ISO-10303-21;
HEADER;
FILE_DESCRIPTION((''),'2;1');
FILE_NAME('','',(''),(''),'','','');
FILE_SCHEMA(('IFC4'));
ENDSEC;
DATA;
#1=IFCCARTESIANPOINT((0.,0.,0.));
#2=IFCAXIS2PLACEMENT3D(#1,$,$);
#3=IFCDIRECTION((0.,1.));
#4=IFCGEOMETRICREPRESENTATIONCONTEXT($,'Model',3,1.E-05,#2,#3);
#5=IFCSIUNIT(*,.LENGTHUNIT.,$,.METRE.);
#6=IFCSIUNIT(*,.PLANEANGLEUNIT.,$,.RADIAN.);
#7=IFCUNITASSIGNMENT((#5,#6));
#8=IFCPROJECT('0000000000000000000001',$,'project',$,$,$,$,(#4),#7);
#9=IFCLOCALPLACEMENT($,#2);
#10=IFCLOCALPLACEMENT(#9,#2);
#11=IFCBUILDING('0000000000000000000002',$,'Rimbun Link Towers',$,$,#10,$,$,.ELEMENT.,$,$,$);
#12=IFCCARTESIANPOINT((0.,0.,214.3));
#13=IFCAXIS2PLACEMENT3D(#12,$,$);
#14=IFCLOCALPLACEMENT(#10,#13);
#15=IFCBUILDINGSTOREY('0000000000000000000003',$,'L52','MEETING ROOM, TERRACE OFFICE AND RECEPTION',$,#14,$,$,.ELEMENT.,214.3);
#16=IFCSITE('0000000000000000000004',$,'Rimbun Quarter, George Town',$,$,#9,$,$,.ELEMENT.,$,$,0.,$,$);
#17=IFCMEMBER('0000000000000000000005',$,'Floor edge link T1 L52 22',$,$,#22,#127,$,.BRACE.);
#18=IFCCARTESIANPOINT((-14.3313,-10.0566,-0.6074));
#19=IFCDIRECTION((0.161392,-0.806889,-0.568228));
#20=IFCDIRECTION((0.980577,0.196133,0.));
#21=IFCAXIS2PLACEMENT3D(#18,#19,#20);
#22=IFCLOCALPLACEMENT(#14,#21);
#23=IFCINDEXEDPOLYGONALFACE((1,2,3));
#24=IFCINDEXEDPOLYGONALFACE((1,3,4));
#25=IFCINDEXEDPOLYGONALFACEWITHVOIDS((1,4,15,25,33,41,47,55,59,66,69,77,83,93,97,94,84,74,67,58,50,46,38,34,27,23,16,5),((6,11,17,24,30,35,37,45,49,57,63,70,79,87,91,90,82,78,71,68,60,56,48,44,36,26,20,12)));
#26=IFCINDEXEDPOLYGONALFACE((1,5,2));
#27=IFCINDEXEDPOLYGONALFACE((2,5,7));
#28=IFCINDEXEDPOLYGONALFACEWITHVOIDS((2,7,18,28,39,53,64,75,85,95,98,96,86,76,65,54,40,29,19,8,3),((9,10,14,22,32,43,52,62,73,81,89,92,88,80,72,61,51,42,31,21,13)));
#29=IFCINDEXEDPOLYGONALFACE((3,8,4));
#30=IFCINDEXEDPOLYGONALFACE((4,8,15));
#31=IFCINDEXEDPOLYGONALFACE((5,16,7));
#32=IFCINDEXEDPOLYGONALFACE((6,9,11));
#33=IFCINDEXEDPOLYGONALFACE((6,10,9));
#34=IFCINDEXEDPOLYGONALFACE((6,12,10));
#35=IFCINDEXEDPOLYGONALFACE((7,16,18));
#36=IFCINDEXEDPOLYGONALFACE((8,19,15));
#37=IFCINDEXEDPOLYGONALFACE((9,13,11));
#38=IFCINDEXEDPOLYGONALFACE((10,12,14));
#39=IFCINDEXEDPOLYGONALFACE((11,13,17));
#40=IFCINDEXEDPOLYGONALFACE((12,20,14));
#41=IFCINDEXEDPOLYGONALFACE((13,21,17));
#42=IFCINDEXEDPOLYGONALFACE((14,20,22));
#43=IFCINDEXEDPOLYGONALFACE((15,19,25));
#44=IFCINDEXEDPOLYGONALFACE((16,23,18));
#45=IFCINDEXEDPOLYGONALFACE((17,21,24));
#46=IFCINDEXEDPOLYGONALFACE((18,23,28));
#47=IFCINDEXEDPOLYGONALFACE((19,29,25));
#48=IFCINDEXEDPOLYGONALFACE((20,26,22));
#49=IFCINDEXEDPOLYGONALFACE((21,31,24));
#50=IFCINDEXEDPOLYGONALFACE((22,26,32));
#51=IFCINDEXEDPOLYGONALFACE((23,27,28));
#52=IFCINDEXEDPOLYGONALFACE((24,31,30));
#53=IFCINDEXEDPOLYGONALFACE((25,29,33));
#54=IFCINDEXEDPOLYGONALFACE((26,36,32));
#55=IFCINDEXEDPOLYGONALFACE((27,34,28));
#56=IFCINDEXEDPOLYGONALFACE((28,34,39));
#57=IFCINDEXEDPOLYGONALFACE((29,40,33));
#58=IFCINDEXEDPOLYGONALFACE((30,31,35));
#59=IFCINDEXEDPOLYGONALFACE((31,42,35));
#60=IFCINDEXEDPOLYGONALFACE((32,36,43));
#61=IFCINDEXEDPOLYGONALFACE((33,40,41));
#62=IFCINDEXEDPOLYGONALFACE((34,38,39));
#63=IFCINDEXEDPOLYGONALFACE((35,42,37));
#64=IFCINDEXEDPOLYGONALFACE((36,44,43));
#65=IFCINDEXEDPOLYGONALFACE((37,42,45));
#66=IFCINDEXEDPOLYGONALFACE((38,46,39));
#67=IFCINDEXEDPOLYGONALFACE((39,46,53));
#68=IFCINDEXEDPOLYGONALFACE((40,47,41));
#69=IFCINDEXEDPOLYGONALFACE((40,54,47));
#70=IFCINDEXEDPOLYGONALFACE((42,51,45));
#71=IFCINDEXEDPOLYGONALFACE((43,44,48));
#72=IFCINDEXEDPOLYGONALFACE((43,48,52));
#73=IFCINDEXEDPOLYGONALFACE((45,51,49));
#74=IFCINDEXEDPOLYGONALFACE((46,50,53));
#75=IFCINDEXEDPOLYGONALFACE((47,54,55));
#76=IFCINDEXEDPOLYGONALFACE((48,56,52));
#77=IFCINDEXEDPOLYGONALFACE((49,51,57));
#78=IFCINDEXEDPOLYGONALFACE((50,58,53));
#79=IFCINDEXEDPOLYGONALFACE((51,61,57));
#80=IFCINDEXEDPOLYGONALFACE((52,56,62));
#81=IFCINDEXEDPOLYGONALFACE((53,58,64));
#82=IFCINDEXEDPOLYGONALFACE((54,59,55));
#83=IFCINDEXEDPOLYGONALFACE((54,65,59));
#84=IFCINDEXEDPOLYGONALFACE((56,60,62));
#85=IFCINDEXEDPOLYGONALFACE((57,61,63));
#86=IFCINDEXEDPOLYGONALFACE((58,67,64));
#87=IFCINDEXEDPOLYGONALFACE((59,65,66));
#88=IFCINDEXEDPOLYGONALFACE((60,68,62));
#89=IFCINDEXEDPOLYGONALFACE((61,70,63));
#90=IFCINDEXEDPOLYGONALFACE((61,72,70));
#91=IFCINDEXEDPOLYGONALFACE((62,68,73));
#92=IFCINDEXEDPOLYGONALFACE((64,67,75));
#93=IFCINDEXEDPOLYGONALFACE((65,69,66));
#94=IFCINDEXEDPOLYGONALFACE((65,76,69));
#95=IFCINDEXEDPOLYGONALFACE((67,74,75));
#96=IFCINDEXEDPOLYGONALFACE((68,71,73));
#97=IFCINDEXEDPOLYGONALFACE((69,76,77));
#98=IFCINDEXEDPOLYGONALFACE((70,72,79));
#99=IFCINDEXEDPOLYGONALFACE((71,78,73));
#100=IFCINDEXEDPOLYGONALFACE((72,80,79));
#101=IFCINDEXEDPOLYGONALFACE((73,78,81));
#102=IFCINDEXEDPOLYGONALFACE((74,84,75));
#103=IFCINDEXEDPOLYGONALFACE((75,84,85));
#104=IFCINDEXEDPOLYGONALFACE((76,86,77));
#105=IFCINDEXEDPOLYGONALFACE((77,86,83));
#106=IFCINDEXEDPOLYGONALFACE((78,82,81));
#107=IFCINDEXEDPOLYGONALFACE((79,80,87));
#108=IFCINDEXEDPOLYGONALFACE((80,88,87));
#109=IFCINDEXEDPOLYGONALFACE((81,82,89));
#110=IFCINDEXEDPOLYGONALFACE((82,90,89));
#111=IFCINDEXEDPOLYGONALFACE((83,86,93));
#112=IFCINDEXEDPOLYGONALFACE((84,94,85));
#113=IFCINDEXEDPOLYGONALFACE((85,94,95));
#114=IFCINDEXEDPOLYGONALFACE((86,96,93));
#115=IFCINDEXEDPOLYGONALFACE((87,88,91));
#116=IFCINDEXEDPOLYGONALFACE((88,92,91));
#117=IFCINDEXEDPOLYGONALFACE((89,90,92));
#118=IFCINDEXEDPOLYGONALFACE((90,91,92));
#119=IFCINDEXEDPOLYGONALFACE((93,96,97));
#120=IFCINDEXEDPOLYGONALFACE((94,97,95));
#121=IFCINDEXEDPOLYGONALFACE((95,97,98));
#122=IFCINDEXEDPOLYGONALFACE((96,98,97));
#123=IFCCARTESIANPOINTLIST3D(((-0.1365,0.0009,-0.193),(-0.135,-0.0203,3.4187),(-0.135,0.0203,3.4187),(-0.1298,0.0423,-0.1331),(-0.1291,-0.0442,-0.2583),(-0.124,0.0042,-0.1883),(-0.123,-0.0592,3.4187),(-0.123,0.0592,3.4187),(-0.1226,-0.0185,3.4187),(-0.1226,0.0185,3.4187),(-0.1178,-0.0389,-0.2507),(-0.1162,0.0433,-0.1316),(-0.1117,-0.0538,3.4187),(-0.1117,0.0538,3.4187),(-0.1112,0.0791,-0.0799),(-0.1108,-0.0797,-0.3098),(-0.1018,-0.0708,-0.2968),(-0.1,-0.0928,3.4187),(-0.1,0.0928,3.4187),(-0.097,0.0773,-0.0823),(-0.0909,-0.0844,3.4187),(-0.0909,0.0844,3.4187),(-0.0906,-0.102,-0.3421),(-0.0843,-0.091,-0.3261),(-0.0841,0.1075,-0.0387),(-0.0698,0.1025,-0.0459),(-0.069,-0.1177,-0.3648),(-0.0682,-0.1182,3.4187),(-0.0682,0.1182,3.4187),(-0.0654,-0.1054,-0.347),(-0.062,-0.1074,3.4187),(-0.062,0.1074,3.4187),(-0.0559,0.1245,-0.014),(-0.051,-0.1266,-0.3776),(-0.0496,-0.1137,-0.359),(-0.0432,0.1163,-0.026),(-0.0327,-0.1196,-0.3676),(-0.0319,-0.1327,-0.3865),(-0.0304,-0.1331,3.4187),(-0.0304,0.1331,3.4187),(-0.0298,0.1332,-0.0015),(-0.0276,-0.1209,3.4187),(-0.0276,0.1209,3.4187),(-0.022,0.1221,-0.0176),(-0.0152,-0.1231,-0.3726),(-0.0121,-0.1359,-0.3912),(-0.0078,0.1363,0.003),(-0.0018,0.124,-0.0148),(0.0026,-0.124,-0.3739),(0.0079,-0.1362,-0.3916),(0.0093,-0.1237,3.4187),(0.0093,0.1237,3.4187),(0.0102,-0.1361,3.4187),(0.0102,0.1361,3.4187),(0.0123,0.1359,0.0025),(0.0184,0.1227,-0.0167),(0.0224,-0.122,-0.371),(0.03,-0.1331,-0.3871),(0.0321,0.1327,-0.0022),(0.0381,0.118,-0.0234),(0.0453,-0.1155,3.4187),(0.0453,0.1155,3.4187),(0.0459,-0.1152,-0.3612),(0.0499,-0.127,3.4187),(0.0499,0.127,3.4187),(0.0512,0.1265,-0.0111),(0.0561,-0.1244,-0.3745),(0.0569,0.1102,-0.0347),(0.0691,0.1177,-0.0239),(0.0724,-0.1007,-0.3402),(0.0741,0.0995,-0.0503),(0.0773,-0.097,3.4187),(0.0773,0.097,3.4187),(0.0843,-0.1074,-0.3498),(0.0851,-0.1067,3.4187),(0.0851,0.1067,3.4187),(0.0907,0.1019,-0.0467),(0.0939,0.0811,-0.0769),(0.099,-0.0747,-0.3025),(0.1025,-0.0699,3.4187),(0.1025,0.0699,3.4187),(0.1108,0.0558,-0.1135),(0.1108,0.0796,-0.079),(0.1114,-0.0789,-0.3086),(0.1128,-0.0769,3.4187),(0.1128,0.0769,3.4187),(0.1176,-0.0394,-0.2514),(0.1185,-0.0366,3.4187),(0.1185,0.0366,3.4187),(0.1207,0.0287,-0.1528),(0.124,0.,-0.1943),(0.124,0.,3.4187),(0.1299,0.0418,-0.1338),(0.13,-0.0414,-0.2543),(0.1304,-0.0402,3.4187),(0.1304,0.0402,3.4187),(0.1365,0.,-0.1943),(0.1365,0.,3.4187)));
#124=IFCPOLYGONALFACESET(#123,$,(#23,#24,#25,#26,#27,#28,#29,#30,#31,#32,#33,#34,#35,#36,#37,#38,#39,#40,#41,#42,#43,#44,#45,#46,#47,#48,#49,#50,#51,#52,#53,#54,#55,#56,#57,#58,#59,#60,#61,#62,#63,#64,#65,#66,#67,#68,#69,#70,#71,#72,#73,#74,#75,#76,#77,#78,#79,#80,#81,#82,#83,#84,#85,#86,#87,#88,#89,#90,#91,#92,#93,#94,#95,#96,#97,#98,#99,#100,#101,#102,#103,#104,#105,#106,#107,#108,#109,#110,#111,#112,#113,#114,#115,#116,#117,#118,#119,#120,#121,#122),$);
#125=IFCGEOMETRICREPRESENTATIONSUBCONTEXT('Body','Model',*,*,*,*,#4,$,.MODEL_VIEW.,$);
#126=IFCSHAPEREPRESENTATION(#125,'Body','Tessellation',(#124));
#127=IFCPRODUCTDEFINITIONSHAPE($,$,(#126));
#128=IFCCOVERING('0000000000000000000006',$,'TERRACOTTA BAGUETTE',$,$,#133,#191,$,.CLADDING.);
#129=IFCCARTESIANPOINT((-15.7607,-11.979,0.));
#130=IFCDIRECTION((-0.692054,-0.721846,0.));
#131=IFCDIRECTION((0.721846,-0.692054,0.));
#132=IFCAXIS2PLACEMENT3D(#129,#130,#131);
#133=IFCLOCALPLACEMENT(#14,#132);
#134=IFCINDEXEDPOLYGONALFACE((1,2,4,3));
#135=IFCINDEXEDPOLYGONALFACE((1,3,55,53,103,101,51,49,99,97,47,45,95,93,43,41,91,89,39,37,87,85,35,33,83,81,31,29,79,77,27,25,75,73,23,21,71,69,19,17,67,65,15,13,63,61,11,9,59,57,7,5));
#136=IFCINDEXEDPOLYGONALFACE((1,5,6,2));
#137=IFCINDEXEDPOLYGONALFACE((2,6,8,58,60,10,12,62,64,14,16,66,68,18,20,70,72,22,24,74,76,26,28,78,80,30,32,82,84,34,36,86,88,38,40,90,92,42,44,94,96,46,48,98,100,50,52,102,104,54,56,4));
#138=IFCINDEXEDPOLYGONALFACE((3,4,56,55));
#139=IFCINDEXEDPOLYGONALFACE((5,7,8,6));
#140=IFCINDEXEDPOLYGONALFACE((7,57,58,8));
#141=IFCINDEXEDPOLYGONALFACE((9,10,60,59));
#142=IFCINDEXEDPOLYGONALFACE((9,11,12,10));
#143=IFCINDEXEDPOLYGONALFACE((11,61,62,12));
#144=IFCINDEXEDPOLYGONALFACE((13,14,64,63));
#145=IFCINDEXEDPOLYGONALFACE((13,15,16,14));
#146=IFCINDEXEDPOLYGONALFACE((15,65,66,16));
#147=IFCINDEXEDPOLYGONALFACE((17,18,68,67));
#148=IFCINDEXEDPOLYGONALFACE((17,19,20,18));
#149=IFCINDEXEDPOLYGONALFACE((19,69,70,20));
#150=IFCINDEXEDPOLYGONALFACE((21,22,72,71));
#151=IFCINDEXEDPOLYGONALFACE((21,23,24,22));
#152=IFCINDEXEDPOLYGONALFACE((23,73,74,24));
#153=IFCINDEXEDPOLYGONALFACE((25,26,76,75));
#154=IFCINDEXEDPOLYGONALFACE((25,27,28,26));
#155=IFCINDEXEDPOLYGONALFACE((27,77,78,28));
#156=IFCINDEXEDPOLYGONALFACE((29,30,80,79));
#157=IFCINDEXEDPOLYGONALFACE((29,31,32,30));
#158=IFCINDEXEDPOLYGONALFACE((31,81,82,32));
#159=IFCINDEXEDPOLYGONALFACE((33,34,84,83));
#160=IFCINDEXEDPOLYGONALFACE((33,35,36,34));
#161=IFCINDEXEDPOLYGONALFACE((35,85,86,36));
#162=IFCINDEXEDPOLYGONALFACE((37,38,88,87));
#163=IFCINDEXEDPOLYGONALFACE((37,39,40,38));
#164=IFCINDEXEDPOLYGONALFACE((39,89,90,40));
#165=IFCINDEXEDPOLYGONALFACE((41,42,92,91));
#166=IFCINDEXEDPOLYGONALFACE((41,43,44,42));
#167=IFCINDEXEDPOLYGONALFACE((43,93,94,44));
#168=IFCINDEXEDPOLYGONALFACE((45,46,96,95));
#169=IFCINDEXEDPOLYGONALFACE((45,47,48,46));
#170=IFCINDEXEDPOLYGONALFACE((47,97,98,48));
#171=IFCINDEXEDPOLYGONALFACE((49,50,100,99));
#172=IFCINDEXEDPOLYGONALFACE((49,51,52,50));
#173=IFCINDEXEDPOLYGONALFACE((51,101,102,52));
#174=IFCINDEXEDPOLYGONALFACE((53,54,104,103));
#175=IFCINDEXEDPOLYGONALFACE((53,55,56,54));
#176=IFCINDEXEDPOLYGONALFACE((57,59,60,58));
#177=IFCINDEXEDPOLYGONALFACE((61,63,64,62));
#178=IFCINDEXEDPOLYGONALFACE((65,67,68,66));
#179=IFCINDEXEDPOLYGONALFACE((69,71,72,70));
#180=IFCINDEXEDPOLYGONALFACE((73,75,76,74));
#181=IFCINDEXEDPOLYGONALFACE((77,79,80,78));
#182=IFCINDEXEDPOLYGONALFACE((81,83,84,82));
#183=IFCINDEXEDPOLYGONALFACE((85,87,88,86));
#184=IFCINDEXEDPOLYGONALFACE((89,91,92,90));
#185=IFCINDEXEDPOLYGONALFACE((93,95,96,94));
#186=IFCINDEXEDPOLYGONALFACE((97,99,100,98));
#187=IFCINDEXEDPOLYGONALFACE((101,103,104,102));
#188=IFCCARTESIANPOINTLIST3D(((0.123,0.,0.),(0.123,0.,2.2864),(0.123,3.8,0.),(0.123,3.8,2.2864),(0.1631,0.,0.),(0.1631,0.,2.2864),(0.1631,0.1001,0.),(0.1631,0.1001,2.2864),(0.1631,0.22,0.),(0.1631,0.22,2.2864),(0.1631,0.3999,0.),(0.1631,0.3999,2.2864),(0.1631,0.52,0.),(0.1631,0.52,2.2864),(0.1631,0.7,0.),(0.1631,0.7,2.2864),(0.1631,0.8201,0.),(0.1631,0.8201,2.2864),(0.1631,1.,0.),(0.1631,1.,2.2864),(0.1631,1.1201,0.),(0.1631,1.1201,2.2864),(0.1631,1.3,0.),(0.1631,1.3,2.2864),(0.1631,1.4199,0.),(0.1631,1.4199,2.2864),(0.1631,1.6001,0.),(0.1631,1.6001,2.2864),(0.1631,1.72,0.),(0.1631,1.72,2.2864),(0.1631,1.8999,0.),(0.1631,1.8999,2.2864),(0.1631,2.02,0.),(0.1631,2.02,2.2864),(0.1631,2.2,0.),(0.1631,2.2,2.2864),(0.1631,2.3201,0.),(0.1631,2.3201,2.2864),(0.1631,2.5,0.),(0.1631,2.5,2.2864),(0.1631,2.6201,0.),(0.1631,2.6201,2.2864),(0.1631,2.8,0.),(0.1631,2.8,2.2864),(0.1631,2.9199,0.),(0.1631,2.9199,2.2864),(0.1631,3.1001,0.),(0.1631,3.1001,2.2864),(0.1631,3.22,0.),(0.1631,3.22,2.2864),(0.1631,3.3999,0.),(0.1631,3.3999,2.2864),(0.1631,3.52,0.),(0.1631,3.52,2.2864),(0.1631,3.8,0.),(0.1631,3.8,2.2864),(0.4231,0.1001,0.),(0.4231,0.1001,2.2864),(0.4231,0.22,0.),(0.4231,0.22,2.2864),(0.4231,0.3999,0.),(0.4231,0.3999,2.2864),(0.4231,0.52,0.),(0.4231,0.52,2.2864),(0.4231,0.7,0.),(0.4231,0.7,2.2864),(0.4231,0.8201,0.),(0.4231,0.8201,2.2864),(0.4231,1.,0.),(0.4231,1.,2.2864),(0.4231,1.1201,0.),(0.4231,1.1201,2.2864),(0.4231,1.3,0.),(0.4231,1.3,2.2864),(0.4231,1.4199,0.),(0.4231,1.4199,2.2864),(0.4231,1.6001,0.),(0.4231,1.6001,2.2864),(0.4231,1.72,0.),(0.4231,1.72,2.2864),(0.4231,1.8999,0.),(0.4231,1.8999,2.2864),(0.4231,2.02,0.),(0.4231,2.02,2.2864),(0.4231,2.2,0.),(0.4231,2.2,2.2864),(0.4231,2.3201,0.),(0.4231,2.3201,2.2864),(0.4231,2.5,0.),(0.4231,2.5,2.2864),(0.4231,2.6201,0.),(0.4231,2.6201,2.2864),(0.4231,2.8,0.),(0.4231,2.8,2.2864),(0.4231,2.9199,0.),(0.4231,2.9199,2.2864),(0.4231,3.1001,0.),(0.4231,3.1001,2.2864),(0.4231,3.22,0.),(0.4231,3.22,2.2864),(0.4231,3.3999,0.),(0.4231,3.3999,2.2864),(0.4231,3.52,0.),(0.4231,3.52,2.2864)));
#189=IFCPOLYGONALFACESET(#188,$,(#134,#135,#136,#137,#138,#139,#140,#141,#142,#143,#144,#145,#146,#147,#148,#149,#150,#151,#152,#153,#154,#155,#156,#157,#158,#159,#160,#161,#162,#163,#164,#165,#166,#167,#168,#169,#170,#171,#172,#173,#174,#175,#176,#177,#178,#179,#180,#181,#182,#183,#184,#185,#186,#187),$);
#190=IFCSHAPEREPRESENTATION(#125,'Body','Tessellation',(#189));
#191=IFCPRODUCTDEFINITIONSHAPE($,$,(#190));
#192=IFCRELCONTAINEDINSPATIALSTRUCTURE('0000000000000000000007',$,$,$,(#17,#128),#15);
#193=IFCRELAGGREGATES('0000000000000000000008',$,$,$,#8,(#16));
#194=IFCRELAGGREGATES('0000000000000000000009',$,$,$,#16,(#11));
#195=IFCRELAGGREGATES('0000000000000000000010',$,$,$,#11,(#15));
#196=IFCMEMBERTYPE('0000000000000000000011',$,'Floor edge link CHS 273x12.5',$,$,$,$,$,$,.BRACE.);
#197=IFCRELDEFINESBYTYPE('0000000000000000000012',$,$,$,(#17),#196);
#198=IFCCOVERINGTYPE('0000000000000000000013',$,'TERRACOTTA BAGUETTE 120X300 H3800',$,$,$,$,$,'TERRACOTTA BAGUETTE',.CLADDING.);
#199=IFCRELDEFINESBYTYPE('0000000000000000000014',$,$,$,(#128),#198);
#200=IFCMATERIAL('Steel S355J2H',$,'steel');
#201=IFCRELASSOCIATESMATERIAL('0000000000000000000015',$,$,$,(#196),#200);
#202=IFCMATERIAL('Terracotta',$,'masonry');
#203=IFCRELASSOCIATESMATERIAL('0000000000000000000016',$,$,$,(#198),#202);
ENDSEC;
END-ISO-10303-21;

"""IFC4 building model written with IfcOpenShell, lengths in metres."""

from ifc_helpers import new_model, si_unit, direction, frame, origin, origin_2d, place, context, subcontext, project, spatial, polyline, hollow_circle, outline, extrude, clip, halfspace, material, material_profile, profile_set, type_object, element, save


model = new_model("IFC4")

# Units and contexts
model_context = context("Model", 3, precision=1e-05, world=origin(), true_north=direction((0.0, 1.0)))
body_context = subcontext(model_context, "Body", "Model", "MODEL_VIEW")
ifc_project = project(units=[si_unit("LENGTHUNIT", "METRE"), si_unit("PLANEANGLEUNIT", "RADIAN")], contexts=[model_context])

# Site, building, storey
site_placement = place(None, origin())
site = spatial("IfcSite", under=ifc_project, at=site_placement, Name="Rimbun Quarter, George Town", CompositionType="ELEMENT", RefElevation=0.0)
building_placement = place(site_placement, origin())
building = spatial("IfcBuilding", under=site, at=building_placement, Name="Rimbun Link Towers", CompositionType="ELEMENT")
storey_placement = place(building_placement, frame((0.0, 0.0, 214.3)))
storey = spatial("IfcBuildingStorey", under=building, at=storey_placement, Name="L52", Description="MEETING ROOM, TERRACE OFFICE AND RECEPTION", CompositionType="ELEMENT", Elevation=214.3)

# Member
ifc_material_1 = material(Name="Steel S355J2H", Category="steel")
ifc_material_profile_1 = material_profile(ifc_material_1, hollow_circle(Radius=0.1365, WallThickness=0.0125, at=origin_2d()), Name="CHS 273x12.5")
ifc_profile_set_1 = profile_set([ifc_material_profile_1], Name="Steel S355J2H")
member_type_1 = type_object("IfcMemberType", Name="Floor edge link CHS 273x12.5", PredefinedType="BRACE", material=ifc_profile_set_1)
member_1_placement = place(storey_placement, frame((-14.3313, -10.0566, -0.6074), z_axis=(0.161392, -0.806889, -0.568228), x_axis=(0.980577, 0.196133, 0.0)))
element("IfcMember", 1, at=member_1_placement, inside=storey, type_object=member_type_1, Name="Floor edge link T1 L52 22", PredefinedType="BRACE", context=body_context, shape_type="Clipping", body=[
    clip(extrude(hollow_circle(Radius=0.1365, WallThickness=0.0125, at=origin_2d()), frame((0.0, 0.0, -0.4128)), (0.0, 0.0, 1.0), 3.8315), halfspace(frame((0.0, 0.0, -0.1943), z_axis=(0.0, 0.822871, -0.568228)), False)),
])

# Covering
ifc_material_2 = material(Name="Terracotta", Category="masonry")
ifc_material_profile_2 = material_profile(ifc_material_2, outline(polyline([(0.123, 0.0), (0.1631, 0.0), (0.1631, 0.1001), (0.4231, 0.1001), (0.4231, 0.22), (0.1631, 0.22), (0.1631, 0.3999), (0.4231, 0.3999), (0.4231, 0.52), (0.1631, 0.52), (0.1631, 0.7), (0.4231, 0.7), (0.4231, 0.8201), (0.1631, 0.8201), (0.1631, 1.0), (0.4231, 1.0), (0.4231, 1.1201), (0.1631, 1.1201), (0.1631, 1.3), (0.4231, 1.3), (0.4231, 1.4199), (0.1631, 1.4199), (0.1631, 1.6001), (0.4231, 1.6001), (0.4231, 1.72), (0.1631, 1.72), (0.1631, 1.8999), (0.4231, 1.8999), (0.4231, 2.02), (0.1631, 2.02), (0.1631, 2.2), (0.4231, 2.2), (0.4231, 2.3201), (0.1631, 2.3201), (0.1631, 2.5), (0.4231, 2.5), (0.4231, 2.6201), (0.1631, 2.6201), (0.1631, 2.8), (0.4231, 2.8), (0.4231, 2.9199), (0.1631, 2.9199), (0.1631, 3.1001), (0.4231, 3.1001), (0.4231, 3.22), (0.1631, 3.22), (0.1631, 3.3999), (0.4231, 3.3999), (0.4231, 3.52), (0.1631, 3.52), (0.1631, 3.8), (0.123, 3.8), (0.123, 0.0)])), Name="BAGUETTE 120X300")
ifc_profile_set_2 = profile_set([ifc_material_profile_2], Name="Terracotta")
covering_type = type_object("IfcCoveringType", Name="TERRACOTTA BAGUETTE 120X300 H3800", ElementType="TERRACOTTA BAGUETTE", PredefinedType="CLADDING", material=ifc_profile_set_2)
covering_1_placement = place(storey_placement, frame((-15.7607, -11.979, 0.0), z_axis=(-0.692054, -0.721846, 0.0), x_axis=(0.721846, -0.692054, 0.0)))
element("IfcCovering", 2, at=covering_1_placement, inside=storey, type_object=covering_type, Name="TERRACOTTA BAGUETTE", PredefinedType="CLADDING", context=body_context, shape_type="SweptSolid", body=[
    extrude(outline(polyline([(0.123, 0.0), (0.1631, 0.0), (0.1631, 0.1001), (0.4231, 0.1001), (0.4231, 0.22), (0.1631, 0.22), (0.1631, 0.3999), (0.4231, 0.3999), (0.4231, 0.52), (0.1631, 0.52), (0.1631, 0.7), (0.4231, 0.7), (0.4231, 0.8201), (0.1631, 0.8201), (0.1631, 1.0), (0.4231, 1.0), (0.4231, 1.1201), (0.1631, 1.1201), (0.1631, 1.3), (0.4231, 1.3), (0.4231, 1.4199), (0.1631, 1.4199), (0.1631, 1.6001), (0.4231, 1.6001), (0.4231, 1.72), (0.1631, 1.72), (0.1631, 1.8999), (0.4231, 1.8999), (0.4231, 2.02), (0.1631, 2.02), (0.1631, 2.2), (0.4231, 2.2), (0.4231, 2.3201), (0.1631, 2.3201), (0.1631, 2.5), (0.4231, 2.5), (0.4231, 2.6201), (0.1631, 2.6201), (0.1631, 2.8), (0.4231, 2.8), (0.4231, 2.9199), (0.1631, 2.9199), (0.1631, 3.1001), (0.4231, 3.1001), (0.4231, 3.22), (0.1631, 3.22), (0.1631, 3.3999), (0.4231, 3.3999), (0.4231, 3.52), (0.1631, 3.52), (0.1631, 3.8), (0.123, 3.8), (0.123, 0.0)])), origin(), (0.0, 0.0, 1.0), 2.2864),
])

save(model, "model.ifc")
